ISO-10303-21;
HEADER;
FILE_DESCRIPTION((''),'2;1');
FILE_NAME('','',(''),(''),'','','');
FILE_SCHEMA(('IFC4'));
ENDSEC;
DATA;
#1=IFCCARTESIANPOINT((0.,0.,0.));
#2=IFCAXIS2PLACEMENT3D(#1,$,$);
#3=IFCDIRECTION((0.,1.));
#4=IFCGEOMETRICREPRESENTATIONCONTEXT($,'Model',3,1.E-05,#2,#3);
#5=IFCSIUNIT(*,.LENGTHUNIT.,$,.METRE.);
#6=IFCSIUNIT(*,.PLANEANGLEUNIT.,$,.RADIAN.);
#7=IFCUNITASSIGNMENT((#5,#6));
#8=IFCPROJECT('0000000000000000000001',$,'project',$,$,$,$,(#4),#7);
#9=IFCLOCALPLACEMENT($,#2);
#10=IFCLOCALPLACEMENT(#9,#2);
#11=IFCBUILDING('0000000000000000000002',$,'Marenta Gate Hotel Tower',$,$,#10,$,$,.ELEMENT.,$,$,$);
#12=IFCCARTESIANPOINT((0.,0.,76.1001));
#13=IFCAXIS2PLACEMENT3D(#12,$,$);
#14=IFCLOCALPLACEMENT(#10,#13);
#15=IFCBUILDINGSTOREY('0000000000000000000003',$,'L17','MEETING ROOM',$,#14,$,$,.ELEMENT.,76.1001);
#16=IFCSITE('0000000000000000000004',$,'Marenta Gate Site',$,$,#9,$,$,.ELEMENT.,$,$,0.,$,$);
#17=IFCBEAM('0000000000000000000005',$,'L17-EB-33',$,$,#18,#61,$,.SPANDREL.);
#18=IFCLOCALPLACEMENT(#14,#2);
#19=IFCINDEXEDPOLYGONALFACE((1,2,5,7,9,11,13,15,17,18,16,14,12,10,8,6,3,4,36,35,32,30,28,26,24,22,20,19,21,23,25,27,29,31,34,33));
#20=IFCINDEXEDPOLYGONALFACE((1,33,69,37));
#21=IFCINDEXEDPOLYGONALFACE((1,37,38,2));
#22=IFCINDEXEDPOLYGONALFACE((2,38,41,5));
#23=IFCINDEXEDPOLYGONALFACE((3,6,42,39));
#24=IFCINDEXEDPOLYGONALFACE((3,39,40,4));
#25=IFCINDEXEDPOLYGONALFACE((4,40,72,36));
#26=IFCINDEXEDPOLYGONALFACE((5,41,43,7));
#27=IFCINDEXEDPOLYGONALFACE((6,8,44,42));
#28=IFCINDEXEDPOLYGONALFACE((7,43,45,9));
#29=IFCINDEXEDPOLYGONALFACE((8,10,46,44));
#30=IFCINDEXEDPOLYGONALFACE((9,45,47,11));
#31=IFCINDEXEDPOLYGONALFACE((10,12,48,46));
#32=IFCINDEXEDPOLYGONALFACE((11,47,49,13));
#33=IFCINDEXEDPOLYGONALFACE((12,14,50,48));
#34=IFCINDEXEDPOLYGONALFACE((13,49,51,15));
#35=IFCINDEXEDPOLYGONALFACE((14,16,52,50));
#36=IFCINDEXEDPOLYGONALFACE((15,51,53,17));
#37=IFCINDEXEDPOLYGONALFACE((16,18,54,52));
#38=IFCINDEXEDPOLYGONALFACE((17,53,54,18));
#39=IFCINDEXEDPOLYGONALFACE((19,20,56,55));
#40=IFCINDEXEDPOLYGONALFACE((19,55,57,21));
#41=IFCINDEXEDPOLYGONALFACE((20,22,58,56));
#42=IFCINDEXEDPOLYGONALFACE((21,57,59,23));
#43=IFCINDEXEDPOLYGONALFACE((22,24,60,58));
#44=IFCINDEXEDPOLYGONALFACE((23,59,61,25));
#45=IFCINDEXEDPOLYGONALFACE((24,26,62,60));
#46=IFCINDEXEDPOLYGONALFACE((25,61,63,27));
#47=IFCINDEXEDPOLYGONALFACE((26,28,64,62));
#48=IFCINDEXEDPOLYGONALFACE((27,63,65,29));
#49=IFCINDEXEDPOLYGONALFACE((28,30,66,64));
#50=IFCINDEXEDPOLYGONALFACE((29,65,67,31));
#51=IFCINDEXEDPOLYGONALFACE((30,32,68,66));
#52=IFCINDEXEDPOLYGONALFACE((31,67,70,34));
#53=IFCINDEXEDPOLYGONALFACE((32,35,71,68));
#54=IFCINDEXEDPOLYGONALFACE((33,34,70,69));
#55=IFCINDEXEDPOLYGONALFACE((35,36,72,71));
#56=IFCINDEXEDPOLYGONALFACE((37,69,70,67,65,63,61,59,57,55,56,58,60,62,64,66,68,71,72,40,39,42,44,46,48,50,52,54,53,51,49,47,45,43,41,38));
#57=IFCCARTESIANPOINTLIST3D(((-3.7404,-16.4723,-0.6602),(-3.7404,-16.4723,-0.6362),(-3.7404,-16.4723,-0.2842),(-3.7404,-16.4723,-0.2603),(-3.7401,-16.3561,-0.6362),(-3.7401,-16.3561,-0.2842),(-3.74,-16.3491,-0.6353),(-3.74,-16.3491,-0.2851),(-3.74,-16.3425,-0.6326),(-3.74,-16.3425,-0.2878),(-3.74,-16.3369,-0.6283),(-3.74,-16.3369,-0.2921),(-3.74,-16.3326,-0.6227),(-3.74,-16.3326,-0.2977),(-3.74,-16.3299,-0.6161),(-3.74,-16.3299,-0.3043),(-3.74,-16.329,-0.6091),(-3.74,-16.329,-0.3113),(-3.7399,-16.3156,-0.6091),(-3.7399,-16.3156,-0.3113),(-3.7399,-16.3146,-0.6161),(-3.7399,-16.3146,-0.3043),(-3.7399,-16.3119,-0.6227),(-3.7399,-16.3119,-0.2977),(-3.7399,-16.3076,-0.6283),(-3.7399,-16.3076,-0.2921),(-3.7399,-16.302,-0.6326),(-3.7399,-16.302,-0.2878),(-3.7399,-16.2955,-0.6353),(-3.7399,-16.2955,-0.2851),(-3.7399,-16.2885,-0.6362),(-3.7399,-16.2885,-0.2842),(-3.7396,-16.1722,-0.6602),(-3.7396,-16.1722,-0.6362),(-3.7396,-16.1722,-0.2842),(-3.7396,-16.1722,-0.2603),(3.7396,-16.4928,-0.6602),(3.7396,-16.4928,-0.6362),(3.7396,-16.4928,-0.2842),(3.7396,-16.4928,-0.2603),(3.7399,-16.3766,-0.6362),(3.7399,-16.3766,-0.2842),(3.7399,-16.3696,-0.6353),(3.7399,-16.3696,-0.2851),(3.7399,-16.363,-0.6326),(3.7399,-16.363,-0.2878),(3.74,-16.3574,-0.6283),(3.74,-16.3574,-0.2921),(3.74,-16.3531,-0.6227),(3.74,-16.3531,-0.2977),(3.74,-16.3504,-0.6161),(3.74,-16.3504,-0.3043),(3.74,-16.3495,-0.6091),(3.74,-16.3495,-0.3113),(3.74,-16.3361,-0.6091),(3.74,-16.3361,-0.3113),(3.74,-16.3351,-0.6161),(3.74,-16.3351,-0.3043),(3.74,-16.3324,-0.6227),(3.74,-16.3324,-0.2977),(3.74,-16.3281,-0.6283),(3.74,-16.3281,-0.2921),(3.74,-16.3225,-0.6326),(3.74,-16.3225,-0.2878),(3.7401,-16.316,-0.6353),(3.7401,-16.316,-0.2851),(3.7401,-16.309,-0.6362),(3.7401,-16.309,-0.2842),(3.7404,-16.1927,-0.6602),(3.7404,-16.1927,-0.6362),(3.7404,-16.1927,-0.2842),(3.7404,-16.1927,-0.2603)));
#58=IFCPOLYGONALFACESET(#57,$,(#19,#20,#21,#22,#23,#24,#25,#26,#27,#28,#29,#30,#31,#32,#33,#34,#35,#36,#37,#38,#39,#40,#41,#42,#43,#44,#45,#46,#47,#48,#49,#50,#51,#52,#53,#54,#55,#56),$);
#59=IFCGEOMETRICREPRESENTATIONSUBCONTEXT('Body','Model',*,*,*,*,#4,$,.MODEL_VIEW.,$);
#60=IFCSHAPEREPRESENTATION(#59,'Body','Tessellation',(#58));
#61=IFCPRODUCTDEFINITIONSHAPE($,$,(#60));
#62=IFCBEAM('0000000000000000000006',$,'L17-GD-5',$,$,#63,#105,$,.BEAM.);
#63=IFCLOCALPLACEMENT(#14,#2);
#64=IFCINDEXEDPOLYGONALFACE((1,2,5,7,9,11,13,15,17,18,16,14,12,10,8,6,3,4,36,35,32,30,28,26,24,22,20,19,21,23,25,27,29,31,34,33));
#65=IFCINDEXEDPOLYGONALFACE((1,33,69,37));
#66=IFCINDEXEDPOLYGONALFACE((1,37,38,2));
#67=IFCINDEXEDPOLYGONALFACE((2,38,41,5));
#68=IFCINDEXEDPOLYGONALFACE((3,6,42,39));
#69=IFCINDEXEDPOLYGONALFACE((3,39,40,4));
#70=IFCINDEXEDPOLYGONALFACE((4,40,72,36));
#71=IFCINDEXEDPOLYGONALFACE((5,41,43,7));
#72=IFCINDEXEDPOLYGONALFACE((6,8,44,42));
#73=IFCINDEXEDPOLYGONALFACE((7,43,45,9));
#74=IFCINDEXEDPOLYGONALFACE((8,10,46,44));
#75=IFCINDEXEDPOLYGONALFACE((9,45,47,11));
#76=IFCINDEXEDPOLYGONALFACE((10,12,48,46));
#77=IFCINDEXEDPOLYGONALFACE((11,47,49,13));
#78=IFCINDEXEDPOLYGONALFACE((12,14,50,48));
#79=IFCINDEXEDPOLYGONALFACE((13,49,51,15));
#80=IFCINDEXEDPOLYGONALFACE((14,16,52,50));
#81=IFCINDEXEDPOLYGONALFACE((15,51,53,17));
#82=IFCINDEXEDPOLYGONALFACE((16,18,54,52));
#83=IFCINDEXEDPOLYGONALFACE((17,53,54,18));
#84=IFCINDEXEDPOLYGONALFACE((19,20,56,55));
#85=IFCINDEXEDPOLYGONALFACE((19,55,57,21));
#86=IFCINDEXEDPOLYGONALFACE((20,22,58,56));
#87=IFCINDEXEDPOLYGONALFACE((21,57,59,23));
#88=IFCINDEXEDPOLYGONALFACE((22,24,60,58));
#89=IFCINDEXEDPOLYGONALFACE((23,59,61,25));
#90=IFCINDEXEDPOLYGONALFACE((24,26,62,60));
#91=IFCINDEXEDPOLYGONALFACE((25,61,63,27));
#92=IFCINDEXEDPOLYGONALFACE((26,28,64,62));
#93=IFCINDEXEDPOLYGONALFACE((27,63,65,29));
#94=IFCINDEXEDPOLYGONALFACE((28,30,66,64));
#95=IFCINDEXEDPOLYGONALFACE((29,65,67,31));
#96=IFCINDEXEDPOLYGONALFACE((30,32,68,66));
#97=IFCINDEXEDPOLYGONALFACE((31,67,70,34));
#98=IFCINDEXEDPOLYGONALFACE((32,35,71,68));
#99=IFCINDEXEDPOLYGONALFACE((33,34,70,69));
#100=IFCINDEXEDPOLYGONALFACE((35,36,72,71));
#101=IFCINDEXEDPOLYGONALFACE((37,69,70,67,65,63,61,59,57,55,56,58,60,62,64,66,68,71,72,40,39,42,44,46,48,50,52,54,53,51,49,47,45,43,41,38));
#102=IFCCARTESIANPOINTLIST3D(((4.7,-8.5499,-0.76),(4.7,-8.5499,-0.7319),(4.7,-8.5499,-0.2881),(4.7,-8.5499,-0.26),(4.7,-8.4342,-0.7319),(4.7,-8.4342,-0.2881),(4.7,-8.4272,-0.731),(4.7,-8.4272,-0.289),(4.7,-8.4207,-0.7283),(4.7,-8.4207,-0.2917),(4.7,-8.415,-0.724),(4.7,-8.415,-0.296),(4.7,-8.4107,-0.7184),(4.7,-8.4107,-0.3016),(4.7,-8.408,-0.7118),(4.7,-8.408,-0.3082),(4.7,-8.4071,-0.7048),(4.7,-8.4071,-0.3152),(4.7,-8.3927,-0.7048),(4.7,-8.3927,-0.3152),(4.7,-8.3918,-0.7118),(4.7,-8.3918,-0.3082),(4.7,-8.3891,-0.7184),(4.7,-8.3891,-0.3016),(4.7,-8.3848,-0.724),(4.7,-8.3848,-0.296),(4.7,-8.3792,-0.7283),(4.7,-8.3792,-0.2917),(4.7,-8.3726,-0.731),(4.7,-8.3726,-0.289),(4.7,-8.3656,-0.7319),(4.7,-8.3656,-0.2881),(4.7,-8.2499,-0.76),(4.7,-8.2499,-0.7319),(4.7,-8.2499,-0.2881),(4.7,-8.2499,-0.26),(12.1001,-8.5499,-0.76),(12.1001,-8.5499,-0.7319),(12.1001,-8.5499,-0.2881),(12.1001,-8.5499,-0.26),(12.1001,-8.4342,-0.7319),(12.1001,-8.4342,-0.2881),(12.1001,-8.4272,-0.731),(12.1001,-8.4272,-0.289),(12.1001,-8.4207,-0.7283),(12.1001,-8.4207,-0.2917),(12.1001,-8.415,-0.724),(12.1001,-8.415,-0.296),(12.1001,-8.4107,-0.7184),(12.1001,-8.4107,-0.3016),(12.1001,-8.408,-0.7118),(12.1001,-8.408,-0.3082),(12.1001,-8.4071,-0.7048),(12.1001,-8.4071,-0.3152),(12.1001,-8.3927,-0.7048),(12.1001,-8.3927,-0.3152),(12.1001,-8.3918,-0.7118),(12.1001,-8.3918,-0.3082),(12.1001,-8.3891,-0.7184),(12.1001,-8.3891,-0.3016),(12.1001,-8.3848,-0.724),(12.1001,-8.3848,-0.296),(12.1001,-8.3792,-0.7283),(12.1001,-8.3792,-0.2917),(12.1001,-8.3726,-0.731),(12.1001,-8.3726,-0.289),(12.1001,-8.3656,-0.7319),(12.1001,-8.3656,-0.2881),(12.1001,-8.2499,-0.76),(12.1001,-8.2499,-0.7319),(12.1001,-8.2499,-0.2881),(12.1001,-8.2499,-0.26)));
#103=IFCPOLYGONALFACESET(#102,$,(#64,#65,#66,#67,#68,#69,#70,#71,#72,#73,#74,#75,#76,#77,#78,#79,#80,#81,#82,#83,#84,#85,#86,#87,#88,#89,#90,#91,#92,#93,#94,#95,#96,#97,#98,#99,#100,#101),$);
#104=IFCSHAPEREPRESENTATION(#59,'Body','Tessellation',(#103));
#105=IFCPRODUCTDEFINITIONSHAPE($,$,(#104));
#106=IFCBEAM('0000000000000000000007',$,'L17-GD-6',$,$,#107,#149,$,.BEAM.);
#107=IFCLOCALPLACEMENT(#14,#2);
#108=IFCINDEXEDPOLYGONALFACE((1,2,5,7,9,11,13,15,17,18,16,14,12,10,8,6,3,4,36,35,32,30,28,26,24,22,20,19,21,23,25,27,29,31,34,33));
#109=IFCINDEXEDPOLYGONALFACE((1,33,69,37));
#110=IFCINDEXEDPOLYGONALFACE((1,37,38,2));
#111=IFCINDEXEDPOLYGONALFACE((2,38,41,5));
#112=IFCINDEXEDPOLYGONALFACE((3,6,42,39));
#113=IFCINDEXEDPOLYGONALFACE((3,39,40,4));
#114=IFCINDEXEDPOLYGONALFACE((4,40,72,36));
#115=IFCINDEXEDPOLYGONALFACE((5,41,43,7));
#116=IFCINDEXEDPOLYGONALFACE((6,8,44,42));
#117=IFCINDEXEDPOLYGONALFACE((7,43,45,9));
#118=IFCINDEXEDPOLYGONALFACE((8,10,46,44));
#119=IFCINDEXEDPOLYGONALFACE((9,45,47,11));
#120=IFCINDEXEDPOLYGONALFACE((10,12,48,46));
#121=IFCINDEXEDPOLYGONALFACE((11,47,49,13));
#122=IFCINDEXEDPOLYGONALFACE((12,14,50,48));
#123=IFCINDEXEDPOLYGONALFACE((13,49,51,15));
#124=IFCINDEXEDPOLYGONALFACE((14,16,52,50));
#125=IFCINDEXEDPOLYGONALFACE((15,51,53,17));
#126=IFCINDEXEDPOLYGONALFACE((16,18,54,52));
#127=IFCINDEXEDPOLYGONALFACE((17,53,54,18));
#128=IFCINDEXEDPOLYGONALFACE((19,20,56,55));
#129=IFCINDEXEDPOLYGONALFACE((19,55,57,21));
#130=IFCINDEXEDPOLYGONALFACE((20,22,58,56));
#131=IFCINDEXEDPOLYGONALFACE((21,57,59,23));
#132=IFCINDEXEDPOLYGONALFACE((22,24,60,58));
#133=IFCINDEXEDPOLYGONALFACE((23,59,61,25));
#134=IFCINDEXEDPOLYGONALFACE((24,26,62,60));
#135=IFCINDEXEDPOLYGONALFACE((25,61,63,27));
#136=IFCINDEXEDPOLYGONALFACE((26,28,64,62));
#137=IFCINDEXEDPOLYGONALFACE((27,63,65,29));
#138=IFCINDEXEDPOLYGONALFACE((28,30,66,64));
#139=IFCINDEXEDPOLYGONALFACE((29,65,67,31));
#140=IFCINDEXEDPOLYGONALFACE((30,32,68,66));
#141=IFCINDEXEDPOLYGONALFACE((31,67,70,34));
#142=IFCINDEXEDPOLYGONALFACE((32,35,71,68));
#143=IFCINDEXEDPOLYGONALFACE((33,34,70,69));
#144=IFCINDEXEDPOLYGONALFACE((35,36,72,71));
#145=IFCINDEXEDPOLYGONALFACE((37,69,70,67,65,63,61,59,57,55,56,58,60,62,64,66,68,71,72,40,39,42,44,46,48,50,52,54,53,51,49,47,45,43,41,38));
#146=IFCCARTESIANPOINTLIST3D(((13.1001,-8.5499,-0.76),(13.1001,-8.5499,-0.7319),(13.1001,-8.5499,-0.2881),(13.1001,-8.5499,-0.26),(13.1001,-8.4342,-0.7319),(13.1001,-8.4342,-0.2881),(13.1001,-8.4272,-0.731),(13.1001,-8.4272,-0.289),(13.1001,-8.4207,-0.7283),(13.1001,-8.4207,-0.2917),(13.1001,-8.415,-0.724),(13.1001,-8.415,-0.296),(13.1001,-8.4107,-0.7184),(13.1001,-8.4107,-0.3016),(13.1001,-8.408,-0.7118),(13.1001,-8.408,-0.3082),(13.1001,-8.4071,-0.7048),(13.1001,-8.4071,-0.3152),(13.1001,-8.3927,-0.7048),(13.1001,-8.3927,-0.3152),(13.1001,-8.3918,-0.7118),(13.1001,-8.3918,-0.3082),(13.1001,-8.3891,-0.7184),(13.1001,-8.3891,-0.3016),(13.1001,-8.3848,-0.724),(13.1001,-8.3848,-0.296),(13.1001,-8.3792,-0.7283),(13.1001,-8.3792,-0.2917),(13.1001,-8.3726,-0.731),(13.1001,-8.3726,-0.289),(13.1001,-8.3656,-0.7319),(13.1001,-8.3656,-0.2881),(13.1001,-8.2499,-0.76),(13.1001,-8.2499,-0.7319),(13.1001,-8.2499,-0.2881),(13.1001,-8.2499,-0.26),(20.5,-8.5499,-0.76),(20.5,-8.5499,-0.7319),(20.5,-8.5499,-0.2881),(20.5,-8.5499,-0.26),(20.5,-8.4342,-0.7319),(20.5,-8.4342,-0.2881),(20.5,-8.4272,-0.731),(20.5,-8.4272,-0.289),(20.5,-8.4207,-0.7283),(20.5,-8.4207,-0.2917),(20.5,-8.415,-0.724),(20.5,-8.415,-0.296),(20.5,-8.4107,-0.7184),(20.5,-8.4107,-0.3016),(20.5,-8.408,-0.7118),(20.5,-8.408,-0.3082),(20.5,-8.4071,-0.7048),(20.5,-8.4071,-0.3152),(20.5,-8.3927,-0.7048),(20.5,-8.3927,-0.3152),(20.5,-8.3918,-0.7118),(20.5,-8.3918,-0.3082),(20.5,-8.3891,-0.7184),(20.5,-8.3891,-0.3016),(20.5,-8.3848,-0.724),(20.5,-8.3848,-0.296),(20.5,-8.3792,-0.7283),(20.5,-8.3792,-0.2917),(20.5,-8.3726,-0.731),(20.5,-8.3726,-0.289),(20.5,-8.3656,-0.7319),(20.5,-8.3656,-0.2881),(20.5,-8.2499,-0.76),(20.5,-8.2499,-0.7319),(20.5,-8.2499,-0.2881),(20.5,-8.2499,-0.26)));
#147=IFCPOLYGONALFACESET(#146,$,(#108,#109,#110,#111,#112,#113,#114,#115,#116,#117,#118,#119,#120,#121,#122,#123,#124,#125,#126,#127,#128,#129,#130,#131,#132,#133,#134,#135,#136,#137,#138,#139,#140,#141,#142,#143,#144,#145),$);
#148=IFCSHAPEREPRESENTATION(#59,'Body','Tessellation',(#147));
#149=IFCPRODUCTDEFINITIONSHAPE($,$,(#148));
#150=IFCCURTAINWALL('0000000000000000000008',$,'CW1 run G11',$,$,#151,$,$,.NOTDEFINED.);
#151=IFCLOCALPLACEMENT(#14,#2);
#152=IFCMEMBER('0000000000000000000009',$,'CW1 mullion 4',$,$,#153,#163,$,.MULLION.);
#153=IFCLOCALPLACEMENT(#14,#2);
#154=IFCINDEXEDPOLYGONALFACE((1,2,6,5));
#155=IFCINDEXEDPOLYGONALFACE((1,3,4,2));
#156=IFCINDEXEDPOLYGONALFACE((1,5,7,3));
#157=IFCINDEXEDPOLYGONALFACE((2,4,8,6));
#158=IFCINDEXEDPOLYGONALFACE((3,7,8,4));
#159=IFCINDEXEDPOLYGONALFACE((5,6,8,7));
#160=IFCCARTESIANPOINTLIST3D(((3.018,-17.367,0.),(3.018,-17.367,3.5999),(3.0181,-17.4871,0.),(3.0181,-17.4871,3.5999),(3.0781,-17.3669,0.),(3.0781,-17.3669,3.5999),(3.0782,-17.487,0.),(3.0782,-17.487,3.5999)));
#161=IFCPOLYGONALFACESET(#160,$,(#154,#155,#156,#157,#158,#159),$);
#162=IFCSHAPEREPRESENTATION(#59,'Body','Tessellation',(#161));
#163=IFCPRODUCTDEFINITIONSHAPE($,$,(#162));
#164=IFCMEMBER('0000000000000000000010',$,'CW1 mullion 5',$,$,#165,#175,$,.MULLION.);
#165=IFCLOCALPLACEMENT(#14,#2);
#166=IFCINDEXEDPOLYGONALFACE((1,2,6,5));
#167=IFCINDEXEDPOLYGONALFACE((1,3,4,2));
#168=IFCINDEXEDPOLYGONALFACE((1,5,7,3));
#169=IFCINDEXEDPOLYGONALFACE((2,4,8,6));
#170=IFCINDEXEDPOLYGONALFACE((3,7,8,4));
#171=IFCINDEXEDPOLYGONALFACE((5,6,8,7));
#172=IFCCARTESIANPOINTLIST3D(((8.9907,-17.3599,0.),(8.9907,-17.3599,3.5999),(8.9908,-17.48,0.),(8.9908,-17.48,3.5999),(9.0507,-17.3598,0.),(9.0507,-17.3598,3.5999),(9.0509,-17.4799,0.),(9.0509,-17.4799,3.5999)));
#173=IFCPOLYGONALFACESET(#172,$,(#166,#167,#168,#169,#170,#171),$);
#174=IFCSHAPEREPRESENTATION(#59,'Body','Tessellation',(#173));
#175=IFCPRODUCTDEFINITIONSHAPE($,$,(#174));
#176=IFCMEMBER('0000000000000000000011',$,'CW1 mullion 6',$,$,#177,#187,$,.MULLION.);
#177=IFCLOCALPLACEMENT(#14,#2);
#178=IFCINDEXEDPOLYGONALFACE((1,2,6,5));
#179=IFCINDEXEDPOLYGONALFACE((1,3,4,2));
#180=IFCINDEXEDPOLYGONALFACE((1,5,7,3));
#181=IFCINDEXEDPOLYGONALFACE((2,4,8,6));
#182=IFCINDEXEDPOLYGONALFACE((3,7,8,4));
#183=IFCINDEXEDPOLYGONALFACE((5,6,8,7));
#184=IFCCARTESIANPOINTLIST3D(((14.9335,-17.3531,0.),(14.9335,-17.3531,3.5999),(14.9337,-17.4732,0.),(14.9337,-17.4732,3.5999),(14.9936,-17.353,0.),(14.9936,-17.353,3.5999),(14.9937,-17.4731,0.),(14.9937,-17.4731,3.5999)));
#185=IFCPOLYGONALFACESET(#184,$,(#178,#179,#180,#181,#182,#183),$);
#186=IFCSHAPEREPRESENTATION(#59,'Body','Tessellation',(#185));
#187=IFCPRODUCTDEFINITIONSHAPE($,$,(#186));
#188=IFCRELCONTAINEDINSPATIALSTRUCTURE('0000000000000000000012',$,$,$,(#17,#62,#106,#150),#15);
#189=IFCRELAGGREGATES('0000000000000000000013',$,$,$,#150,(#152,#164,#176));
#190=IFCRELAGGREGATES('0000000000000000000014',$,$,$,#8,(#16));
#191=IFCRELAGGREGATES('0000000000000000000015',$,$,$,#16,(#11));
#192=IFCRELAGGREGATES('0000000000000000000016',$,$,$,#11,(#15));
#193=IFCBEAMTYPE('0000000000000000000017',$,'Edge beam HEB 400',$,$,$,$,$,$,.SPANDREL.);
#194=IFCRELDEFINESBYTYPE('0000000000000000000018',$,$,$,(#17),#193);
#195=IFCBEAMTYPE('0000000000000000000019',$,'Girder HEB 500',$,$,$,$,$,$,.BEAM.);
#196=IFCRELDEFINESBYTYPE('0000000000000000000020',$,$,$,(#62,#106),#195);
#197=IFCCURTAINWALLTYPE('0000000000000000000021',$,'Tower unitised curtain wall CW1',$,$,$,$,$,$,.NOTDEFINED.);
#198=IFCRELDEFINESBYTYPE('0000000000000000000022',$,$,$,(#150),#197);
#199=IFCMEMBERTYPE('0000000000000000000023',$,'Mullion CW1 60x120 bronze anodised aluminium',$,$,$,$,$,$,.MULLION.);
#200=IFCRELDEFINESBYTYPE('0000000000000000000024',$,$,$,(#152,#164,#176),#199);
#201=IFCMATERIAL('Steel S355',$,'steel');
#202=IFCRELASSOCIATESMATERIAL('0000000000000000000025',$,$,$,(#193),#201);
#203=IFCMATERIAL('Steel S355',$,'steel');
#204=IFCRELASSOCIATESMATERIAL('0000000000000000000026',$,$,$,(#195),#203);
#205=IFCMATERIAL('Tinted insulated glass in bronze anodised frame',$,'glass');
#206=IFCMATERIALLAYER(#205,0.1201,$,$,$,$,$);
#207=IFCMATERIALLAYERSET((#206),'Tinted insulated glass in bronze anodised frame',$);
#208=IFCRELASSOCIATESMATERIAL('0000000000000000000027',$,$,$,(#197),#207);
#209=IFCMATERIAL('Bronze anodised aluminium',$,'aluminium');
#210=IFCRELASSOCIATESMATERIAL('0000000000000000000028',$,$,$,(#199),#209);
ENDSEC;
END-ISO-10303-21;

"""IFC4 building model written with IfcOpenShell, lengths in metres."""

from ifc_helpers import new_model, si_unit, direction, frame, origin, origin_2d, place, context, subcontext, project, spatial, rectangle, i_section, extrude, material, layer, layer_set, material_profile, profile_set, type_object, element, aggregate, save


model = new_model("IFC4")

# Units and contexts
model_context = context("Model", 3, precision=1e-05, world=origin(), true_north=direction((0.0, 1.0)))
body_context = subcontext(model_context, "Body", "Model", "MODEL_VIEW")
ifc_project = project(units=[si_unit("LENGTHUNIT", "METRE"), si_unit("PLANEANGLEUNIT", "RADIAN")], contexts=[model_context])

# Site, building, storey
site_placement = place(None, origin())
site = spatial("IfcSite", under=ifc_project, at=site_placement, Name="Marenta Gate Site", CompositionType="ELEMENT", RefElevation=0.0)
building_placement = place(site_placement, origin())
building = spatial("IfcBuilding", under=site, at=building_placement, Name="Marenta Gate Hotel Tower", CompositionType="ELEMENT")
storey_placement = place(building_placement, frame((0.0, 0.0, 76.1001)))
storey = spatial("IfcBuildingStorey", under=building, at=storey_placement, Name="L17", Description="MEETING ROOM", CompositionType="ELEMENT", Elevation=76.1001)

# Beams
ifc_material_1 = material(Name="Steel S355", Category="steel")
ifc_material_profile_1 = material_profile(ifc_material_1, i_section(OverallWidth=0.3, OverallDepth=0.3999, WebThickness=0.0134, FlangeThickness=0.0239, FilletRadius=0.0271, at=origin_2d()), Name="HEB 400")
ifc_profile_set_1 = profile_set([ifc_material_profile_1], Name="Steel S355")
beam_type_1 = type_object("IfcBeamType", Name="Edge beam HEB 400", PredefinedType="SPANDREL", material=ifc_profile_set_1)
for number, where, z_axis, x_axis, name in (
    (1, (3.74, -16.3428, -0.4602), (-0.999996, 0.002742, 0.0), (-0.002742, -0.999996, 0.0), "L17-EB-33"),
):
    element("IfcBeam", number, at=place(storey_placement, frame(where, z_axis=z_axis, x_axis=x_axis)), inside=storey, type_object=beam_type_1, Name=name, PredefinedType="SPANDREL", context=body_context, shape_type="SweptSolid", body=[
        extrude(i_section(OverallWidth=0.3, OverallDepth=0.3999, WebThickness=0.0134, FlangeThickness=0.0239, FilletRadius=0.0271, at=origin_2d()), origin(), (0.0, 0.0, 1.0), 7.48),
    ])
ifc_material_2 = material(Name="Steel S355", Category="steel")
ifc_material_profile_2 = material_profile(ifc_material_2, i_section(OverallWidth=0.3, OverallDepth=0.5, WebThickness=0.0144, FlangeThickness=0.0281, FilletRadius=0.0271, at=origin_2d()), Name="HEB 500")
ifc_profile_set_2 = profile_set([ifc_material_profile_2], Name="Steel S355")
beam_type_2 = type_object("IfcBeamType", Name="Girder HEB 500", PredefinedType="BEAM", material=ifc_profile_set_2)
beam_1_placement = place(storey_placement, frame((4.7, -8.3999, -0.51), z_axis=(1.0, 0.0, 0.0), x_axis=(0.0, 1.0, 0.0)))
element("IfcBeam", 2, at=beam_1_placement, inside=storey, type_object=beam_type_2, Name="L17-GD-5", PredefinedType="BEAM", context=body_context, shape_type="SweptSolid", body=[
    extrude(i_section(OverallWidth=0.3, OverallDepth=0.5, WebThickness=0.0144, FlangeThickness=0.0281, FilletRadius=0.0271, at=origin_2d()), origin(), (0.0, 0.0, 1.0), 7.4001),
])
beam_2_placement = place(storey_placement, frame((13.1001, -8.3999, -0.51), z_axis=(1.0, 0.0, 0.0), x_axis=(0.0, 1.0, 0.0)))
element("IfcBeam", 3, at=beam_2_placement, inside=storey, type_object=beam_type_2, Name="L17-GD-6", PredefinedType="BEAM", context=body_context, shape_type="SweptSolid", body=[
    extrude(i_section(OverallWidth=0.3, OverallDepth=0.5, WebThickness=0.0144, FlangeThickness=0.0281, FilletRadius=0.0271, at=origin_2d()), origin(), (0.0, 0.0, 1.0), 7.3999),
])

# Curtain wall, members
ifc_material_3 = material(Name="Tinted insulated glass in bronze anodised frame", Category="glass")
ifc_layer_1 = layer(ifc_material_3, 0.1201)
ifc_layer_set_1 = layer_set([ifc_layer_1], Name="Tinted insulated glass in bronze anodised frame")
curtain_wall_type = type_object("IfcCurtainWallType", Name="Tower unitised curtain wall CW1", PredefinedType="NOTDEFINED", material=ifc_layer_set_1)
curtain_wall_placement = place(storey_placement, origin())
curtain_wall = element("IfcCurtainWall", 4, at=curtain_wall_placement, inside=storey, type_object=curtain_wall_type, Name="CW1 run G11", PredefinedType="NOTDEFINED")
ifc_material_4 = material(Name="Bronze anodised aluminium", Category="aluminium")
ifc_material_profile_3 = material_profile(ifc_material_4, rectangle(XDim=0.1201, YDim=0.0601, at=origin_2d()), Name="Mullion CW1 60x120 bronze anodised aluminium")
ifc_profile_set_3 = profile_set([ifc_material_profile_3], Name="Bronze anodised aluminium")
member_type_1 = type_object("IfcMemberType", Name="Mullion CW1 60x120 bronze anodised aluminium", PredefinedType="MULLION", material=ifc_profile_set_3)
member_1_placement = place(storey_placement, frame((3.0481, -17.427, 0.0), z_axis=(0.0, 0.0, 1.0), x_axis=(-0.001162, 0.999999, 0.0)))
member_1 = element("IfcMember", 5, at=member_1_placement, type_object=member_type_1, Name="CW1 mullion 4", PredefinedType="MULLION", context=body_context, shape_type="SweptSolid", body=[
    extrude(rectangle(XDim=0.1201, YDim=0.0601, at=origin_2d()), origin(), (0.0, 0.0, 1.0), 3.5999),
])
member_2_placement = place(storey_placement, frame((9.0208, -17.4199, 0.0), z_axis=(0.0, 0.0, 1.0), x_axis=(-0.001162, 0.999999, 0.0)))
member_2 = element("IfcMember", 6, at=member_2_placement, type_object=member_type_1, Name="CW1 mullion 5", PredefinedType="MULLION", context=body_context, shape_type="SweptSolid", body=[
    extrude(rectangle(XDim=0.1201, YDim=0.0601, at=origin_2d()), origin(), (0.0, 0.0, 1.0), 3.5999),
])
member_3_placement = place(storey_placement, frame((14.9636, -17.4131, 0.0), z_axis=(0.0, 0.0, 1.0), x_axis=(-0.001162, 0.999999, 0.0)))
member_3 = element("IfcMember", 7, at=member_3_placement, type_object=member_type_1, Name="CW1 mullion 6", PredefinedType="MULLION", context=body_context, shape_type="SweptSolid", body=[
    extrude(rectangle(XDim=0.1201, YDim=0.0601, at=origin_2d()), origin(), (0.0, 0.0, 1.0), 3.5999),
])
aggregate(curtain_wall, [member_1, member_2, member_3])

save(model, "model.ifc")
